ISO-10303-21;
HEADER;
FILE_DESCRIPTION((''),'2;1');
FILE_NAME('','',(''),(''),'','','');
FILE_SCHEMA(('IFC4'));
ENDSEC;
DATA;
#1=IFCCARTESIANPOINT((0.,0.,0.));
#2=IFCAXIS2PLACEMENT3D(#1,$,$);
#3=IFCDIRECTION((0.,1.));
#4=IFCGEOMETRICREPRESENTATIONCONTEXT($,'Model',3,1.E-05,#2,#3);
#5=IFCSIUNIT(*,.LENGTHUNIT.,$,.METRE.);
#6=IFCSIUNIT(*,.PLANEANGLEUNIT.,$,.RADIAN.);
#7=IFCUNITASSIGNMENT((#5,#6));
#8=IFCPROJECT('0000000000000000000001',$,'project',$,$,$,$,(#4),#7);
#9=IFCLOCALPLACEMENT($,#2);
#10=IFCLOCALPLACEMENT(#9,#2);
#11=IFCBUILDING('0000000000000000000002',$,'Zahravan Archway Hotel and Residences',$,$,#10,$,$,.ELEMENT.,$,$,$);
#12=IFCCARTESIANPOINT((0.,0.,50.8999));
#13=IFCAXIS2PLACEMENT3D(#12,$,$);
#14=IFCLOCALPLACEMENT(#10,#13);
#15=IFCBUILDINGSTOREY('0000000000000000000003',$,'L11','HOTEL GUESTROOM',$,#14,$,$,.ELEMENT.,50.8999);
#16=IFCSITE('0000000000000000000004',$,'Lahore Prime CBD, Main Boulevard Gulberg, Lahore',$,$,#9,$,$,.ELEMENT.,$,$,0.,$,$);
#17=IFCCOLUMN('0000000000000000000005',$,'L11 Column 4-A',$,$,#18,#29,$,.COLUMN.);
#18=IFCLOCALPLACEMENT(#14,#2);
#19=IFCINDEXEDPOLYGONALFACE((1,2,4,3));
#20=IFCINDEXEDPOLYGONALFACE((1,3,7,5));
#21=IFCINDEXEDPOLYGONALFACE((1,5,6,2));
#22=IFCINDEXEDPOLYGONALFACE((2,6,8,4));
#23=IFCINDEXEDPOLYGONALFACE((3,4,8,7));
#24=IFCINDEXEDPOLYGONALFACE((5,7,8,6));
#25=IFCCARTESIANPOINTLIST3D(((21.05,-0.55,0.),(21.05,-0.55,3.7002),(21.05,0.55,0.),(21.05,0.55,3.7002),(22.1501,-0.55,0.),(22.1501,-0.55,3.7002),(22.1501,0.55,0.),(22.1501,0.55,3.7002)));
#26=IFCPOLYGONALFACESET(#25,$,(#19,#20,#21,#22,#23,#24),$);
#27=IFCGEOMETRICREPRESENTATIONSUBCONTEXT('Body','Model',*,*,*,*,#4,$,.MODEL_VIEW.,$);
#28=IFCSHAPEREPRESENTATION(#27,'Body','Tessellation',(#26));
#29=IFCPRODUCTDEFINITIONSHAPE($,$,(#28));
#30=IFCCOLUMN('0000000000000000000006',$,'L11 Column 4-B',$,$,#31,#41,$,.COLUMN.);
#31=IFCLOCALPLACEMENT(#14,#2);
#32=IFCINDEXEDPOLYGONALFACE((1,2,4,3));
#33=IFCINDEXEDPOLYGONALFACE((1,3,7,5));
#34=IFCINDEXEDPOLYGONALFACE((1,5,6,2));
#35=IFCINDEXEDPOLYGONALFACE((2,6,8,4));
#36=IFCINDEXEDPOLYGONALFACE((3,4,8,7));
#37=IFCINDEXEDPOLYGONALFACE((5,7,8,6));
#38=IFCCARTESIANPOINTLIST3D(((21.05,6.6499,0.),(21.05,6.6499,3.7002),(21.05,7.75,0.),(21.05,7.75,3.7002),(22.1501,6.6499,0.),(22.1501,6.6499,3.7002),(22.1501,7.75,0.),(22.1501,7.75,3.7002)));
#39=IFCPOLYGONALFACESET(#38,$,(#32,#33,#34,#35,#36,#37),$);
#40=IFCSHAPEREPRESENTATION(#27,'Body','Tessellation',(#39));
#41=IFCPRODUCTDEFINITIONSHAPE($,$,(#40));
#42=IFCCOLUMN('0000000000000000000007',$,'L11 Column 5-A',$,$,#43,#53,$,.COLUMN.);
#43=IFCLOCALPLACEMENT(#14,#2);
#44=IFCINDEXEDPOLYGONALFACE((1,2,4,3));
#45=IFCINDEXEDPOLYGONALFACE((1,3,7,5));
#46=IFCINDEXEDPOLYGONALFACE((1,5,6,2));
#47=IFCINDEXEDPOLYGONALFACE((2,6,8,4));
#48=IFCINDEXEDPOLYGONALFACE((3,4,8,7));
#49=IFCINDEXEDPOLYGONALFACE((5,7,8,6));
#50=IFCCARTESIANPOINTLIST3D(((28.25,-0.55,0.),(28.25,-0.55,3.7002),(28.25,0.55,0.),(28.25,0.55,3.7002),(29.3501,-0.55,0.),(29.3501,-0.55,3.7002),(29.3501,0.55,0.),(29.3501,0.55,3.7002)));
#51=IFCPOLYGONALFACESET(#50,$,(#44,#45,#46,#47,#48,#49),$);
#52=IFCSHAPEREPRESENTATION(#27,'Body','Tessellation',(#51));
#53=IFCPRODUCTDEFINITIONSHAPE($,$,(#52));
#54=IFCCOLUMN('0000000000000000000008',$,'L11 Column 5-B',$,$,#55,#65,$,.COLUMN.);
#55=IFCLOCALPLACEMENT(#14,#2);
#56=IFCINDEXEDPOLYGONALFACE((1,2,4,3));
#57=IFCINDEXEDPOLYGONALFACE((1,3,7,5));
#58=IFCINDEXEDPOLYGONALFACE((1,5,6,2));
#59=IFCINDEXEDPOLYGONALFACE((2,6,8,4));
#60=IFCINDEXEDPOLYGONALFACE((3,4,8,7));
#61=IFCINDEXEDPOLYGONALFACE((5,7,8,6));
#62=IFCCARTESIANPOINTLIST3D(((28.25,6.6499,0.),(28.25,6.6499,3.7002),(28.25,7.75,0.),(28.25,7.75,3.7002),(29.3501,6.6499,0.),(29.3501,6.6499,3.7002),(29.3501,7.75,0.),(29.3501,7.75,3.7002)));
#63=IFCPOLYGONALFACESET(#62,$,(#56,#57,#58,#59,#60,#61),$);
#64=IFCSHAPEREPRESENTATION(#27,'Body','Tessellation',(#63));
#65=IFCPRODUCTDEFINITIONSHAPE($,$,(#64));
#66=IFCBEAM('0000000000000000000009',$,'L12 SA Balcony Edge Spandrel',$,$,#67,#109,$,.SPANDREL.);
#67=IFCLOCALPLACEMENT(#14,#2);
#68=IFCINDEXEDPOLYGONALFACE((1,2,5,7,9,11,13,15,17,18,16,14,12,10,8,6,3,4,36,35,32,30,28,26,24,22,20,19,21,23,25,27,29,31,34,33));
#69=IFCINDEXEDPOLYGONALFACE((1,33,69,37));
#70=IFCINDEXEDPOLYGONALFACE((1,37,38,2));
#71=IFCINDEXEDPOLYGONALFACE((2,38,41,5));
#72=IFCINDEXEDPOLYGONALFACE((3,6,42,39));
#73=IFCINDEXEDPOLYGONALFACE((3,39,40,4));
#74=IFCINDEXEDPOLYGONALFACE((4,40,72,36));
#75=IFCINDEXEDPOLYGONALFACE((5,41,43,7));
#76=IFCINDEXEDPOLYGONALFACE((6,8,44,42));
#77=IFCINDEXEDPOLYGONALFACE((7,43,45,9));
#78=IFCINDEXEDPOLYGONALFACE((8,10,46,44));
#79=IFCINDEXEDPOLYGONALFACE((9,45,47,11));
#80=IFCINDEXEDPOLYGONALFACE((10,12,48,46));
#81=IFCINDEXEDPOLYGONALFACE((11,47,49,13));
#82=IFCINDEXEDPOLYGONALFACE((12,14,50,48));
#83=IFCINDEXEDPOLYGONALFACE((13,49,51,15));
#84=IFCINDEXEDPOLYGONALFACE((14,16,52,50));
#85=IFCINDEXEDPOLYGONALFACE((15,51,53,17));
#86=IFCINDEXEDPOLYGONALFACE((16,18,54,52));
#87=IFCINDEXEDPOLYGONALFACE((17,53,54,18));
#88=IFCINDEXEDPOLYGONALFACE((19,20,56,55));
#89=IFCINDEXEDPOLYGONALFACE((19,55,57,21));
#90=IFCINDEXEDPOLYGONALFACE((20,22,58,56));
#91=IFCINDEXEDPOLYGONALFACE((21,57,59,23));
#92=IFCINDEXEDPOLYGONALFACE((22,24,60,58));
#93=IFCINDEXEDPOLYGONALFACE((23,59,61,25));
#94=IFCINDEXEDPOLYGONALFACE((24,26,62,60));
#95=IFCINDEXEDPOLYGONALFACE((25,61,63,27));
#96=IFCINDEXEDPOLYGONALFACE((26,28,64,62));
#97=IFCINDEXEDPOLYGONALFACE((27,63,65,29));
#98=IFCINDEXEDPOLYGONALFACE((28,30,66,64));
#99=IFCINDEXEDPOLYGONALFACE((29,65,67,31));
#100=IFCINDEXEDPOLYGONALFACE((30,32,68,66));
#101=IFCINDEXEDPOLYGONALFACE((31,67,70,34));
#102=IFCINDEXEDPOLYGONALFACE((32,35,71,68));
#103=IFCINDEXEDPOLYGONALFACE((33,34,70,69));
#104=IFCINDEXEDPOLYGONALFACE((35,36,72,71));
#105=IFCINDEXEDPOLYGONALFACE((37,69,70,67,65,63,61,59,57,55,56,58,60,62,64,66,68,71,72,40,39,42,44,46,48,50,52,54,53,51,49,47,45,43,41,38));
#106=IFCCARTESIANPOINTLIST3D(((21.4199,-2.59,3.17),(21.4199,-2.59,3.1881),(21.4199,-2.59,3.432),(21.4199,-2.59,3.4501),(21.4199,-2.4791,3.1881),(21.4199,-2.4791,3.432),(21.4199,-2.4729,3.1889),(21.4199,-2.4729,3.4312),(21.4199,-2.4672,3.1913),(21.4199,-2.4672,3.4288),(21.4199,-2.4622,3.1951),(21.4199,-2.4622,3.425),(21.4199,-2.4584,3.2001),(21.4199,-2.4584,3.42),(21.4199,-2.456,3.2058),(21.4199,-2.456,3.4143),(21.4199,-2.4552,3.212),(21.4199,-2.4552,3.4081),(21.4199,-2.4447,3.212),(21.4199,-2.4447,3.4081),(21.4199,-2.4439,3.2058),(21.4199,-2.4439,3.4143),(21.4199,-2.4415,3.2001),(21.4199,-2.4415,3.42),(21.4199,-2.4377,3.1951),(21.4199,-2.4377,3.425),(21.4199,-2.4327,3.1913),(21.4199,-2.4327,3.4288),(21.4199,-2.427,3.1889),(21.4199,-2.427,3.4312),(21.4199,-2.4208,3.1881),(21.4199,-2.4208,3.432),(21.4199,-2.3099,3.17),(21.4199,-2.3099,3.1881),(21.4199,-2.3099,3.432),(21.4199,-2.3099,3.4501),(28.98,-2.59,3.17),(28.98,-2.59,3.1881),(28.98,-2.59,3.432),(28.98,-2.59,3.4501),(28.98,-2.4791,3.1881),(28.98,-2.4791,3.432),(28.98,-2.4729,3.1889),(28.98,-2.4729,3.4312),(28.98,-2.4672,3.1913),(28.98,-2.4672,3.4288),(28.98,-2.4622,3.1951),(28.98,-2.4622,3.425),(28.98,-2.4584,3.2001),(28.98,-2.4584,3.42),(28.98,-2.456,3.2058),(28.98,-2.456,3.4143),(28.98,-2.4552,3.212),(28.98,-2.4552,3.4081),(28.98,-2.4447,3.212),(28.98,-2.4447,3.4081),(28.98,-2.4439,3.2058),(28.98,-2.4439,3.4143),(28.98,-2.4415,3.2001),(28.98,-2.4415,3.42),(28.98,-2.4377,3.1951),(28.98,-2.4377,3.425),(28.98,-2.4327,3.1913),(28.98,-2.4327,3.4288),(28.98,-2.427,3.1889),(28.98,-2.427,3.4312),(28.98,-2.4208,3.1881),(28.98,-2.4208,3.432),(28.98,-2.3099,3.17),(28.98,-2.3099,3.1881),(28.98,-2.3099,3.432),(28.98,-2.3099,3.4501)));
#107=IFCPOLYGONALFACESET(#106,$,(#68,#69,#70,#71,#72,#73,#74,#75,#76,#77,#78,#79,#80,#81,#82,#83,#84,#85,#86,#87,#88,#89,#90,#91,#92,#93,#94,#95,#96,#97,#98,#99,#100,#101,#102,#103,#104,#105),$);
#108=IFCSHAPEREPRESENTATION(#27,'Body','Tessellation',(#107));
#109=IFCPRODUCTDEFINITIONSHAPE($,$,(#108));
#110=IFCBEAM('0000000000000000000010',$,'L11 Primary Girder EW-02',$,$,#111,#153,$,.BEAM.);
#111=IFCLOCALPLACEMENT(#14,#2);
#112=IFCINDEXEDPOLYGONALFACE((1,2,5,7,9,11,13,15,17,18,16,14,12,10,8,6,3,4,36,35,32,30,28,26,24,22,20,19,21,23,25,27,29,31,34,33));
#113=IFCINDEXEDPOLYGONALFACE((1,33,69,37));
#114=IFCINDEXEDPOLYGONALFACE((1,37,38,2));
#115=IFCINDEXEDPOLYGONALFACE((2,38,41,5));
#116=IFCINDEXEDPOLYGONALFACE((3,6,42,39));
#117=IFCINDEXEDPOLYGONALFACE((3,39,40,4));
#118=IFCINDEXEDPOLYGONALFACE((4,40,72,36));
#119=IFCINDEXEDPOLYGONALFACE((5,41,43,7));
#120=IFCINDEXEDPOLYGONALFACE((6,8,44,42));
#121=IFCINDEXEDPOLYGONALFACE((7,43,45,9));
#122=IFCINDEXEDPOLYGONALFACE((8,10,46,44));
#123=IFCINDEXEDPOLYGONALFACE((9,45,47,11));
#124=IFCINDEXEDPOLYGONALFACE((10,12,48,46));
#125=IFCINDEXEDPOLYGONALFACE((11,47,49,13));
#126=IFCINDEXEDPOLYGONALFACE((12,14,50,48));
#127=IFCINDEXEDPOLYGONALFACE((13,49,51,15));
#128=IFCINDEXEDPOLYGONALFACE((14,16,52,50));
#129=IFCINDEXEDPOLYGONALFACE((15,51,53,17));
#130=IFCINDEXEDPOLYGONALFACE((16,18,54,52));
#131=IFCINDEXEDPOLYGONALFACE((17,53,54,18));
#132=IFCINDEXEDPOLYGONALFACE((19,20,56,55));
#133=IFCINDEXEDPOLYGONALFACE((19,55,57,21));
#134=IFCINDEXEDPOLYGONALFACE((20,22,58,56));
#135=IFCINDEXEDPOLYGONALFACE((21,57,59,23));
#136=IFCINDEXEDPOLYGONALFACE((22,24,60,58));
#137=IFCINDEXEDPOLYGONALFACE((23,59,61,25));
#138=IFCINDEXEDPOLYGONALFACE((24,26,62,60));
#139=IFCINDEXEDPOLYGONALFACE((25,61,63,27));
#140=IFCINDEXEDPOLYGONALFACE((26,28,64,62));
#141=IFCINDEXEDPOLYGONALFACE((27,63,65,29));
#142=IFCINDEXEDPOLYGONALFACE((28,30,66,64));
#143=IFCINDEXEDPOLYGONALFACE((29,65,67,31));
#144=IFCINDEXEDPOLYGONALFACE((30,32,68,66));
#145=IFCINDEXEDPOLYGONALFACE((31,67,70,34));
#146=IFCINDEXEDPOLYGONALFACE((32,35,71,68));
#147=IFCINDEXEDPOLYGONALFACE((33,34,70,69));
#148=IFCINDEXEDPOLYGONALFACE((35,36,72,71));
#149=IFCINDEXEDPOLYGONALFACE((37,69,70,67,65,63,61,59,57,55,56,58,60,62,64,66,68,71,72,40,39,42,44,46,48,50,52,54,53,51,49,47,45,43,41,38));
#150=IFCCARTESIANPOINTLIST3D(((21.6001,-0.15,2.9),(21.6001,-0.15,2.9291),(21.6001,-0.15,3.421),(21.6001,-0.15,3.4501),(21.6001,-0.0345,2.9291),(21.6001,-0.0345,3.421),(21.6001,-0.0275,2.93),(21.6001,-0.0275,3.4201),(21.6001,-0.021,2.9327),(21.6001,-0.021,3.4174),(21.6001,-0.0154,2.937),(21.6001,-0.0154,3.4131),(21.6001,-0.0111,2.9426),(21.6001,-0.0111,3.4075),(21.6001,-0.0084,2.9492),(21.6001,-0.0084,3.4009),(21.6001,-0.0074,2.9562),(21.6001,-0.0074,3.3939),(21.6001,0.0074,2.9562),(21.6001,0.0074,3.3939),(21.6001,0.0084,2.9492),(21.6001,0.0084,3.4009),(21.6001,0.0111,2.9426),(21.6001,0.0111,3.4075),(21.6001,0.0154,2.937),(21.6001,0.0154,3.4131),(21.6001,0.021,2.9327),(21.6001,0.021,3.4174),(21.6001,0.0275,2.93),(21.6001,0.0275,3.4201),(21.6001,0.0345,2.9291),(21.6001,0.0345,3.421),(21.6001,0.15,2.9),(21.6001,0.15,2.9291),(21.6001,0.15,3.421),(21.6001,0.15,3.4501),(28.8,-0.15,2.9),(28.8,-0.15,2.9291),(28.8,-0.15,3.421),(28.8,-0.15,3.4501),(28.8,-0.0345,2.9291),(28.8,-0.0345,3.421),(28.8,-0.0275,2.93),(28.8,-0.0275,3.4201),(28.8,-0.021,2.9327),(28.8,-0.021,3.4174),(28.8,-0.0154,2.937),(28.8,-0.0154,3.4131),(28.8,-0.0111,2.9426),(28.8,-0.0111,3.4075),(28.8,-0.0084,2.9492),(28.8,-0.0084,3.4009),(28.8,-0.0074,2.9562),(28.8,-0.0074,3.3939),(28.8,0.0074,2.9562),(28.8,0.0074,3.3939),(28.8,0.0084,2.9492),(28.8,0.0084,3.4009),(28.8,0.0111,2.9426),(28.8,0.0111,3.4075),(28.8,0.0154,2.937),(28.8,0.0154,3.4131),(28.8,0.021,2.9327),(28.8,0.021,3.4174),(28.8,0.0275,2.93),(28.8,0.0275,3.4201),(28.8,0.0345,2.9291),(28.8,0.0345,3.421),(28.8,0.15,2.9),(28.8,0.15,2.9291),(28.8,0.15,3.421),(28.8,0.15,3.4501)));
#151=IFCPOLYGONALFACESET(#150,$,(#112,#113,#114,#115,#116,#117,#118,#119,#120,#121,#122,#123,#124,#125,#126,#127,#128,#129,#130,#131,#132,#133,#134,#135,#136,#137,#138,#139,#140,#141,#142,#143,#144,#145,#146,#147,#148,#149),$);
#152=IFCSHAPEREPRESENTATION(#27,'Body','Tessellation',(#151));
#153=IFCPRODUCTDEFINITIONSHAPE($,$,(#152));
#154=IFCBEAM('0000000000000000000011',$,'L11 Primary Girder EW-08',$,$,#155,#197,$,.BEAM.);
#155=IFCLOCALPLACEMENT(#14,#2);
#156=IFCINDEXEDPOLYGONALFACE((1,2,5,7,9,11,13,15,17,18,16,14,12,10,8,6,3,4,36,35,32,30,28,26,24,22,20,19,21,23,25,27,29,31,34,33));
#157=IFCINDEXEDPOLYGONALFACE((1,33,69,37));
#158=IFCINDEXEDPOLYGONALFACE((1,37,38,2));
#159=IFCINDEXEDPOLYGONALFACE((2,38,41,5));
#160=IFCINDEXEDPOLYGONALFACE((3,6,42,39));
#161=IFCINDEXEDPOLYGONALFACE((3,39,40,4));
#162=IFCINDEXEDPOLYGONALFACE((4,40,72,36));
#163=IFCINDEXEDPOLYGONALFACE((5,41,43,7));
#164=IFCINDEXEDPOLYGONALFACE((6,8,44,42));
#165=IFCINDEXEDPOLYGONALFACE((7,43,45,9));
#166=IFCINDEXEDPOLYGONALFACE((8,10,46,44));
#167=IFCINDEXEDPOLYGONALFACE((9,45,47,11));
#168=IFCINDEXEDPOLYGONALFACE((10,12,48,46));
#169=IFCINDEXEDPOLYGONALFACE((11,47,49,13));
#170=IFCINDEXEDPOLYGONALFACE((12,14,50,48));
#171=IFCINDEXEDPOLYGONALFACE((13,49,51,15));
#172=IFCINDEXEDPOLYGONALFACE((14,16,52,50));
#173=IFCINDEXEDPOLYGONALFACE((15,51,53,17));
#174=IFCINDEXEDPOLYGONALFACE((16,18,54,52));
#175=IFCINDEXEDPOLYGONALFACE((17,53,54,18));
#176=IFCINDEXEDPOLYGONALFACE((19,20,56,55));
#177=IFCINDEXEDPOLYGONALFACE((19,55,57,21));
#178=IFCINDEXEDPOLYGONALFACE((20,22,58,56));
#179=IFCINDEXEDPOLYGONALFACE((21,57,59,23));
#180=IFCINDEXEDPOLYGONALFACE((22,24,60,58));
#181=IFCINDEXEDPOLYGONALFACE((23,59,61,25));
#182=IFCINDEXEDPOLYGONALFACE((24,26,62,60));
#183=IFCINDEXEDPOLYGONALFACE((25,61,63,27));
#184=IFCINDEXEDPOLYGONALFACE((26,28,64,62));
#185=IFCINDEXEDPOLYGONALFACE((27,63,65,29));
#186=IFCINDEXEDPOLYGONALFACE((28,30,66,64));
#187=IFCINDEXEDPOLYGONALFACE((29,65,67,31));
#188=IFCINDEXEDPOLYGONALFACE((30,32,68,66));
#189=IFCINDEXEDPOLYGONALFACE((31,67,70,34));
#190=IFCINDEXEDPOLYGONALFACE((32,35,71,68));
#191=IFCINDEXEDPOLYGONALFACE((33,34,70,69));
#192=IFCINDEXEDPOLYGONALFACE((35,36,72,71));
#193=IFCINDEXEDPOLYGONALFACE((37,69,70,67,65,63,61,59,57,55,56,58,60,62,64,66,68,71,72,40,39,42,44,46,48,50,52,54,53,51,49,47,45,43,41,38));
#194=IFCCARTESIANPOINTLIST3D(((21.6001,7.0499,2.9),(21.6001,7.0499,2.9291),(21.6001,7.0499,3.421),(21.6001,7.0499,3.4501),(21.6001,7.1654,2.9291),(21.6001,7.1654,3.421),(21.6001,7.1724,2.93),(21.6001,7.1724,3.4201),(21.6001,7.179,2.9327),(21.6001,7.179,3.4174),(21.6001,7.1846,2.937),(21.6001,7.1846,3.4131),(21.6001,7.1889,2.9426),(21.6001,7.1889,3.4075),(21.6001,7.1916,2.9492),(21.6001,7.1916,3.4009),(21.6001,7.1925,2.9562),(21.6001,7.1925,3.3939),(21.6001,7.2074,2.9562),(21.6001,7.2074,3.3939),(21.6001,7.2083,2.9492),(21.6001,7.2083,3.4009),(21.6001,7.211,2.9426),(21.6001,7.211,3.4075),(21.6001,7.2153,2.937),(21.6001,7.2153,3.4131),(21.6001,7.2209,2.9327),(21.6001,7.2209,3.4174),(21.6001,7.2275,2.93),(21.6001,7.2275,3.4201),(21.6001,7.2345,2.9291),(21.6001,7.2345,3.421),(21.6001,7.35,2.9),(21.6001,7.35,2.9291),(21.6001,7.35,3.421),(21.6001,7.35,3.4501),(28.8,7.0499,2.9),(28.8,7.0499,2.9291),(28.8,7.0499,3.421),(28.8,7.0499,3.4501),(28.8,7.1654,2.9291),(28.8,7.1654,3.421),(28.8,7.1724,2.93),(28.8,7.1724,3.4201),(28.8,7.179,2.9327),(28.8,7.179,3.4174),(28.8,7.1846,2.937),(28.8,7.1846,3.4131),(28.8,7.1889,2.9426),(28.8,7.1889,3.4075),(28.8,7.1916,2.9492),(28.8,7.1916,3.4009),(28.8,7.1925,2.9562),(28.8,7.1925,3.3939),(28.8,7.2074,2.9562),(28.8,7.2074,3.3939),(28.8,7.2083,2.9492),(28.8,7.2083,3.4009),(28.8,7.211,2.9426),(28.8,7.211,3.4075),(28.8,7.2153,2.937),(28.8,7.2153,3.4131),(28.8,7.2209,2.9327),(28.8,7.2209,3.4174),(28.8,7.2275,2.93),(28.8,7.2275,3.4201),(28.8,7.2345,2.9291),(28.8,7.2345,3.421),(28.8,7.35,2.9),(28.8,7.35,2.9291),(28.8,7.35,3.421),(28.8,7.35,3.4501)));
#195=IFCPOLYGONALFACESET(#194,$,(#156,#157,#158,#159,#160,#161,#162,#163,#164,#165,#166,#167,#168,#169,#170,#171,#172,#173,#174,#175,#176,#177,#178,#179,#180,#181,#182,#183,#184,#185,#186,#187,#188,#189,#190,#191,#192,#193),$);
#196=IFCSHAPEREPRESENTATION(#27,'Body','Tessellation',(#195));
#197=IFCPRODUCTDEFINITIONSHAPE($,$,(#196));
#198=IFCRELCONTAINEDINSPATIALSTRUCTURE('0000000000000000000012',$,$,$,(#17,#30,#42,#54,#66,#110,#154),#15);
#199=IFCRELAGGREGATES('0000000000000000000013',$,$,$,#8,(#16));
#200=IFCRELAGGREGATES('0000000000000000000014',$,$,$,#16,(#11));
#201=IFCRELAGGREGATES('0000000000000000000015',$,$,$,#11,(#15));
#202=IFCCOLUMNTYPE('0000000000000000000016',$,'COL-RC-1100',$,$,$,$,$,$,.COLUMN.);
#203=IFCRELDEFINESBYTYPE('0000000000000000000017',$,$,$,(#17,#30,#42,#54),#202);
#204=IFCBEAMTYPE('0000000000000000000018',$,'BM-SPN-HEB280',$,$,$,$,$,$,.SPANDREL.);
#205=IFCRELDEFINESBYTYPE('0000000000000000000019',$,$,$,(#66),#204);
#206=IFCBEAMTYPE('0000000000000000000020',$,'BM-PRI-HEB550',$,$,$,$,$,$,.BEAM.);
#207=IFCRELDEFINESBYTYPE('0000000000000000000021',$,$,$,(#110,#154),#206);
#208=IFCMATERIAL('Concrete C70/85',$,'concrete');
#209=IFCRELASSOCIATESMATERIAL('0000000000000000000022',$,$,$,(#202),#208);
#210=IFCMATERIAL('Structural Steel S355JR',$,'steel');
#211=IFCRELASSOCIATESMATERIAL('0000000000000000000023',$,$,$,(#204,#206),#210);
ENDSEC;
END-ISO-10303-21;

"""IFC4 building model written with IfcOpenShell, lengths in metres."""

from ifc_helpers import new_model, si_unit, direction, frame, origin, origin_2d, place, context, subcontext, project, spatial, rectangle, i_section, extrude, source, transform, mapped, material, material_profile, profile_set, type_object, type_shapes, element, save


model = new_model("IFC4")

# Units and contexts
model_context = context("Model", 3, precision=1e-05, world=origin(), true_north=direction((0.0, 1.0)))
body_context = subcontext(model_context, "Body", "Model", "MODEL_VIEW")
ifc_project = project(units=[si_unit("LENGTHUNIT", "METRE"), si_unit("PLANEANGLEUNIT", "RADIAN")], contexts=[model_context])

# Site, building, storey
site_placement = place(None, origin())
site = spatial("IfcSite", under=ifc_project, at=site_placement, Name="Lahore Prime CBD, Main Boulevard Gulberg, Lahore", CompositionType="ELEMENT", RefElevation=0.0)
building_placement = place(site_placement, origin())
building = spatial("IfcBuilding", under=site, at=building_placement, Name="Zahravan Archway Hotel and Residences", CompositionType="ELEMENT")
storey_placement = place(building_placement, frame((0.0, 0.0, 50.8999)))
storey = spatial("IfcBuildingStorey", under=building, at=storey_placement, Name="L11", Description="HOTEL GUESTROOM", CompositionType="ELEMENT", Elevation=50.8999)

# Columns
ifc_material_1 = material(Name="Concrete C70/85", Category="concrete")
ifc_material_profile_1 = material_profile(ifc_material_1, rectangle(XDim=1.1001, YDim=1.1001, at=origin_2d()), Name="RC 1100x1100", Category="concrete")
ifc_profile_set_1 = profile_set([ifc_material_profile_1], Name="Concrete C70/85")
column_type = type_object("IfcColumnType", Name="COL-RC-1100", PredefinedType="COLUMN", material=ifc_profile_set_1)
shared_shape_1 = source(origin(), body_context, "Body", "SweptSolid", [
    extrude(rectangle(XDim=1.1001, YDim=1.1001, at=origin_2d()), origin(), (0.0, 0.0, 1.0), 3.7002),
])
for number, where, z_axis, x_axis, name in (
    (1, (21.6001, 0.0, 0.0), (0.0, 0.0, 1.0), (1.0, 0.0, 0.0), "L11 Column 4-A"),
    (2, (21.6001, 7.2, 0.0), (0.0, 0.0, 1.0), (1.0, 0.0, 0.0), "L11 Column 4-B"),
    (3, (28.8, 0.0, 0.0), (0.0, 0.0, 1.0), (1.0, 0.0, 0.0), "L11 Column 5-A"),
    (4, (28.8, 7.2, 0.0), (0.0, 0.0, 1.0), (1.0, 0.0, 0.0), "L11 Column 5-B"),
):
    element("IfcColumn", number, at=place(storey_placement, frame(where, z_axis=z_axis, x_axis=x_axis)), inside=storey, type_object=column_type, Name=name, PredefinedType="COLUMN", context=body_context, shape_type="MappedRepresentation", body=[
        mapped(shared_shape_1, transform((0.0, 0.0, 0.0), scale=1.0)),
    ])

# Beams
ifc_material_2 = material(Name="Structural Steel S355JR", Category="steel")
ifc_material_profile_2 = material_profile(ifc_material_2, i_section(OverallWidth=0.28, OverallDepth=0.28, WebThickness=0.0105, FlangeThickness=0.0181, FilletRadius=0.0239, at=origin_2d()), Name="HEB 280", Category="steel")
ifc_profile_set_2 = profile_set([ifc_material_profile_2], Name="Structural Steel S355JR")
beam_type_1 = type_object("IfcBeamType", Name="BM-SPN-HEB280", PredefinedType="SPANDREL", material=ifc_profile_set_2)
shared_shape_2 = source(origin(), body_context, "Body", "SweptSolid", [
    extrude(i_section(OverallWidth=0.28, OverallDepth=0.28, WebThickness=0.0105, FlangeThickness=0.0181, FilletRadius=0.0239, at=origin_2d()), origin(), (0.0, 0.0, 1.0), 7.5601),
])
type_shapes(beam_type_1, [shared_shape_2])
beam_placement = place(storey_placement, frame((21.4199, -2.45, 3.3101), z_axis=(1.0, 0.0, 0.0), x_axis=(0.0, 1.0, 0.0)))
element("IfcBeam", 5, at=beam_placement, inside=storey, type_object=beam_type_1, Name="L12 SA Balcony Edge Spandrel", PredefinedType="SPANDREL", context=body_context, shape_type="MappedRepresentation", body=[
    mapped(shared_shape_2, transform((0.0, 0.0, 0.0), scale=1.0)),
])
ifc_material_profile_3 = material_profile(ifc_material_2, i_section(OverallWidth=0.3, OverallDepth=0.55, WebThickness=0.0149, FlangeThickness=0.0291, FilletRadius=0.0271, at=origin_2d()), Name="HEB 550", Category="steel")
ifc_profile_set_3 = profile_set([ifc_material_profile_3], Name="Structural Steel S355JR")
beam_type_2 = type_object("IfcBeamType", Name="BM-PRI-HEB550", PredefinedType="BEAM", material=ifc_profile_set_3)
shared_shape_3 = source(origin(), body_context, "Body", "SweptSolid", [
    extrude(i_section(OverallWidth=0.3, OverallDepth=0.55, WebThickness=0.0149, FlangeThickness=0.0291, FilletRadius=0.0271, at=origin_2d()), origin(), (0.0, 0.0, 1.0), 7.2),
])
for number, where, z_axis, x_axis, name in (
    (6, (21.6001, 0.0, 3.175), (1.0, 0.0, 0.0), (0.0, 1.0, 0.0), "L11 Primary Girder EW-02"),
    (7, (21.6001, 7.2, 3.175), (1.0, 0.0, 0.0), (0.0, 1.0, 0.0), "L11 Primary Girder EW-08"),
):
    element("IfcBeam", number, at=place(storey_placement, frame(where, z_axis=z_axis, x_axis=x_axis)), inside=storey, type_object=beam_type_2, Name=name, PredefinedType="BEAM", context=body_context, shape_type="MappedRepresentation", body=[
        mapped(shared_shape_3, transform((0.0, 0.0, 0.0), scale=1.0)),
    ])

save(model, "model.ifc")
